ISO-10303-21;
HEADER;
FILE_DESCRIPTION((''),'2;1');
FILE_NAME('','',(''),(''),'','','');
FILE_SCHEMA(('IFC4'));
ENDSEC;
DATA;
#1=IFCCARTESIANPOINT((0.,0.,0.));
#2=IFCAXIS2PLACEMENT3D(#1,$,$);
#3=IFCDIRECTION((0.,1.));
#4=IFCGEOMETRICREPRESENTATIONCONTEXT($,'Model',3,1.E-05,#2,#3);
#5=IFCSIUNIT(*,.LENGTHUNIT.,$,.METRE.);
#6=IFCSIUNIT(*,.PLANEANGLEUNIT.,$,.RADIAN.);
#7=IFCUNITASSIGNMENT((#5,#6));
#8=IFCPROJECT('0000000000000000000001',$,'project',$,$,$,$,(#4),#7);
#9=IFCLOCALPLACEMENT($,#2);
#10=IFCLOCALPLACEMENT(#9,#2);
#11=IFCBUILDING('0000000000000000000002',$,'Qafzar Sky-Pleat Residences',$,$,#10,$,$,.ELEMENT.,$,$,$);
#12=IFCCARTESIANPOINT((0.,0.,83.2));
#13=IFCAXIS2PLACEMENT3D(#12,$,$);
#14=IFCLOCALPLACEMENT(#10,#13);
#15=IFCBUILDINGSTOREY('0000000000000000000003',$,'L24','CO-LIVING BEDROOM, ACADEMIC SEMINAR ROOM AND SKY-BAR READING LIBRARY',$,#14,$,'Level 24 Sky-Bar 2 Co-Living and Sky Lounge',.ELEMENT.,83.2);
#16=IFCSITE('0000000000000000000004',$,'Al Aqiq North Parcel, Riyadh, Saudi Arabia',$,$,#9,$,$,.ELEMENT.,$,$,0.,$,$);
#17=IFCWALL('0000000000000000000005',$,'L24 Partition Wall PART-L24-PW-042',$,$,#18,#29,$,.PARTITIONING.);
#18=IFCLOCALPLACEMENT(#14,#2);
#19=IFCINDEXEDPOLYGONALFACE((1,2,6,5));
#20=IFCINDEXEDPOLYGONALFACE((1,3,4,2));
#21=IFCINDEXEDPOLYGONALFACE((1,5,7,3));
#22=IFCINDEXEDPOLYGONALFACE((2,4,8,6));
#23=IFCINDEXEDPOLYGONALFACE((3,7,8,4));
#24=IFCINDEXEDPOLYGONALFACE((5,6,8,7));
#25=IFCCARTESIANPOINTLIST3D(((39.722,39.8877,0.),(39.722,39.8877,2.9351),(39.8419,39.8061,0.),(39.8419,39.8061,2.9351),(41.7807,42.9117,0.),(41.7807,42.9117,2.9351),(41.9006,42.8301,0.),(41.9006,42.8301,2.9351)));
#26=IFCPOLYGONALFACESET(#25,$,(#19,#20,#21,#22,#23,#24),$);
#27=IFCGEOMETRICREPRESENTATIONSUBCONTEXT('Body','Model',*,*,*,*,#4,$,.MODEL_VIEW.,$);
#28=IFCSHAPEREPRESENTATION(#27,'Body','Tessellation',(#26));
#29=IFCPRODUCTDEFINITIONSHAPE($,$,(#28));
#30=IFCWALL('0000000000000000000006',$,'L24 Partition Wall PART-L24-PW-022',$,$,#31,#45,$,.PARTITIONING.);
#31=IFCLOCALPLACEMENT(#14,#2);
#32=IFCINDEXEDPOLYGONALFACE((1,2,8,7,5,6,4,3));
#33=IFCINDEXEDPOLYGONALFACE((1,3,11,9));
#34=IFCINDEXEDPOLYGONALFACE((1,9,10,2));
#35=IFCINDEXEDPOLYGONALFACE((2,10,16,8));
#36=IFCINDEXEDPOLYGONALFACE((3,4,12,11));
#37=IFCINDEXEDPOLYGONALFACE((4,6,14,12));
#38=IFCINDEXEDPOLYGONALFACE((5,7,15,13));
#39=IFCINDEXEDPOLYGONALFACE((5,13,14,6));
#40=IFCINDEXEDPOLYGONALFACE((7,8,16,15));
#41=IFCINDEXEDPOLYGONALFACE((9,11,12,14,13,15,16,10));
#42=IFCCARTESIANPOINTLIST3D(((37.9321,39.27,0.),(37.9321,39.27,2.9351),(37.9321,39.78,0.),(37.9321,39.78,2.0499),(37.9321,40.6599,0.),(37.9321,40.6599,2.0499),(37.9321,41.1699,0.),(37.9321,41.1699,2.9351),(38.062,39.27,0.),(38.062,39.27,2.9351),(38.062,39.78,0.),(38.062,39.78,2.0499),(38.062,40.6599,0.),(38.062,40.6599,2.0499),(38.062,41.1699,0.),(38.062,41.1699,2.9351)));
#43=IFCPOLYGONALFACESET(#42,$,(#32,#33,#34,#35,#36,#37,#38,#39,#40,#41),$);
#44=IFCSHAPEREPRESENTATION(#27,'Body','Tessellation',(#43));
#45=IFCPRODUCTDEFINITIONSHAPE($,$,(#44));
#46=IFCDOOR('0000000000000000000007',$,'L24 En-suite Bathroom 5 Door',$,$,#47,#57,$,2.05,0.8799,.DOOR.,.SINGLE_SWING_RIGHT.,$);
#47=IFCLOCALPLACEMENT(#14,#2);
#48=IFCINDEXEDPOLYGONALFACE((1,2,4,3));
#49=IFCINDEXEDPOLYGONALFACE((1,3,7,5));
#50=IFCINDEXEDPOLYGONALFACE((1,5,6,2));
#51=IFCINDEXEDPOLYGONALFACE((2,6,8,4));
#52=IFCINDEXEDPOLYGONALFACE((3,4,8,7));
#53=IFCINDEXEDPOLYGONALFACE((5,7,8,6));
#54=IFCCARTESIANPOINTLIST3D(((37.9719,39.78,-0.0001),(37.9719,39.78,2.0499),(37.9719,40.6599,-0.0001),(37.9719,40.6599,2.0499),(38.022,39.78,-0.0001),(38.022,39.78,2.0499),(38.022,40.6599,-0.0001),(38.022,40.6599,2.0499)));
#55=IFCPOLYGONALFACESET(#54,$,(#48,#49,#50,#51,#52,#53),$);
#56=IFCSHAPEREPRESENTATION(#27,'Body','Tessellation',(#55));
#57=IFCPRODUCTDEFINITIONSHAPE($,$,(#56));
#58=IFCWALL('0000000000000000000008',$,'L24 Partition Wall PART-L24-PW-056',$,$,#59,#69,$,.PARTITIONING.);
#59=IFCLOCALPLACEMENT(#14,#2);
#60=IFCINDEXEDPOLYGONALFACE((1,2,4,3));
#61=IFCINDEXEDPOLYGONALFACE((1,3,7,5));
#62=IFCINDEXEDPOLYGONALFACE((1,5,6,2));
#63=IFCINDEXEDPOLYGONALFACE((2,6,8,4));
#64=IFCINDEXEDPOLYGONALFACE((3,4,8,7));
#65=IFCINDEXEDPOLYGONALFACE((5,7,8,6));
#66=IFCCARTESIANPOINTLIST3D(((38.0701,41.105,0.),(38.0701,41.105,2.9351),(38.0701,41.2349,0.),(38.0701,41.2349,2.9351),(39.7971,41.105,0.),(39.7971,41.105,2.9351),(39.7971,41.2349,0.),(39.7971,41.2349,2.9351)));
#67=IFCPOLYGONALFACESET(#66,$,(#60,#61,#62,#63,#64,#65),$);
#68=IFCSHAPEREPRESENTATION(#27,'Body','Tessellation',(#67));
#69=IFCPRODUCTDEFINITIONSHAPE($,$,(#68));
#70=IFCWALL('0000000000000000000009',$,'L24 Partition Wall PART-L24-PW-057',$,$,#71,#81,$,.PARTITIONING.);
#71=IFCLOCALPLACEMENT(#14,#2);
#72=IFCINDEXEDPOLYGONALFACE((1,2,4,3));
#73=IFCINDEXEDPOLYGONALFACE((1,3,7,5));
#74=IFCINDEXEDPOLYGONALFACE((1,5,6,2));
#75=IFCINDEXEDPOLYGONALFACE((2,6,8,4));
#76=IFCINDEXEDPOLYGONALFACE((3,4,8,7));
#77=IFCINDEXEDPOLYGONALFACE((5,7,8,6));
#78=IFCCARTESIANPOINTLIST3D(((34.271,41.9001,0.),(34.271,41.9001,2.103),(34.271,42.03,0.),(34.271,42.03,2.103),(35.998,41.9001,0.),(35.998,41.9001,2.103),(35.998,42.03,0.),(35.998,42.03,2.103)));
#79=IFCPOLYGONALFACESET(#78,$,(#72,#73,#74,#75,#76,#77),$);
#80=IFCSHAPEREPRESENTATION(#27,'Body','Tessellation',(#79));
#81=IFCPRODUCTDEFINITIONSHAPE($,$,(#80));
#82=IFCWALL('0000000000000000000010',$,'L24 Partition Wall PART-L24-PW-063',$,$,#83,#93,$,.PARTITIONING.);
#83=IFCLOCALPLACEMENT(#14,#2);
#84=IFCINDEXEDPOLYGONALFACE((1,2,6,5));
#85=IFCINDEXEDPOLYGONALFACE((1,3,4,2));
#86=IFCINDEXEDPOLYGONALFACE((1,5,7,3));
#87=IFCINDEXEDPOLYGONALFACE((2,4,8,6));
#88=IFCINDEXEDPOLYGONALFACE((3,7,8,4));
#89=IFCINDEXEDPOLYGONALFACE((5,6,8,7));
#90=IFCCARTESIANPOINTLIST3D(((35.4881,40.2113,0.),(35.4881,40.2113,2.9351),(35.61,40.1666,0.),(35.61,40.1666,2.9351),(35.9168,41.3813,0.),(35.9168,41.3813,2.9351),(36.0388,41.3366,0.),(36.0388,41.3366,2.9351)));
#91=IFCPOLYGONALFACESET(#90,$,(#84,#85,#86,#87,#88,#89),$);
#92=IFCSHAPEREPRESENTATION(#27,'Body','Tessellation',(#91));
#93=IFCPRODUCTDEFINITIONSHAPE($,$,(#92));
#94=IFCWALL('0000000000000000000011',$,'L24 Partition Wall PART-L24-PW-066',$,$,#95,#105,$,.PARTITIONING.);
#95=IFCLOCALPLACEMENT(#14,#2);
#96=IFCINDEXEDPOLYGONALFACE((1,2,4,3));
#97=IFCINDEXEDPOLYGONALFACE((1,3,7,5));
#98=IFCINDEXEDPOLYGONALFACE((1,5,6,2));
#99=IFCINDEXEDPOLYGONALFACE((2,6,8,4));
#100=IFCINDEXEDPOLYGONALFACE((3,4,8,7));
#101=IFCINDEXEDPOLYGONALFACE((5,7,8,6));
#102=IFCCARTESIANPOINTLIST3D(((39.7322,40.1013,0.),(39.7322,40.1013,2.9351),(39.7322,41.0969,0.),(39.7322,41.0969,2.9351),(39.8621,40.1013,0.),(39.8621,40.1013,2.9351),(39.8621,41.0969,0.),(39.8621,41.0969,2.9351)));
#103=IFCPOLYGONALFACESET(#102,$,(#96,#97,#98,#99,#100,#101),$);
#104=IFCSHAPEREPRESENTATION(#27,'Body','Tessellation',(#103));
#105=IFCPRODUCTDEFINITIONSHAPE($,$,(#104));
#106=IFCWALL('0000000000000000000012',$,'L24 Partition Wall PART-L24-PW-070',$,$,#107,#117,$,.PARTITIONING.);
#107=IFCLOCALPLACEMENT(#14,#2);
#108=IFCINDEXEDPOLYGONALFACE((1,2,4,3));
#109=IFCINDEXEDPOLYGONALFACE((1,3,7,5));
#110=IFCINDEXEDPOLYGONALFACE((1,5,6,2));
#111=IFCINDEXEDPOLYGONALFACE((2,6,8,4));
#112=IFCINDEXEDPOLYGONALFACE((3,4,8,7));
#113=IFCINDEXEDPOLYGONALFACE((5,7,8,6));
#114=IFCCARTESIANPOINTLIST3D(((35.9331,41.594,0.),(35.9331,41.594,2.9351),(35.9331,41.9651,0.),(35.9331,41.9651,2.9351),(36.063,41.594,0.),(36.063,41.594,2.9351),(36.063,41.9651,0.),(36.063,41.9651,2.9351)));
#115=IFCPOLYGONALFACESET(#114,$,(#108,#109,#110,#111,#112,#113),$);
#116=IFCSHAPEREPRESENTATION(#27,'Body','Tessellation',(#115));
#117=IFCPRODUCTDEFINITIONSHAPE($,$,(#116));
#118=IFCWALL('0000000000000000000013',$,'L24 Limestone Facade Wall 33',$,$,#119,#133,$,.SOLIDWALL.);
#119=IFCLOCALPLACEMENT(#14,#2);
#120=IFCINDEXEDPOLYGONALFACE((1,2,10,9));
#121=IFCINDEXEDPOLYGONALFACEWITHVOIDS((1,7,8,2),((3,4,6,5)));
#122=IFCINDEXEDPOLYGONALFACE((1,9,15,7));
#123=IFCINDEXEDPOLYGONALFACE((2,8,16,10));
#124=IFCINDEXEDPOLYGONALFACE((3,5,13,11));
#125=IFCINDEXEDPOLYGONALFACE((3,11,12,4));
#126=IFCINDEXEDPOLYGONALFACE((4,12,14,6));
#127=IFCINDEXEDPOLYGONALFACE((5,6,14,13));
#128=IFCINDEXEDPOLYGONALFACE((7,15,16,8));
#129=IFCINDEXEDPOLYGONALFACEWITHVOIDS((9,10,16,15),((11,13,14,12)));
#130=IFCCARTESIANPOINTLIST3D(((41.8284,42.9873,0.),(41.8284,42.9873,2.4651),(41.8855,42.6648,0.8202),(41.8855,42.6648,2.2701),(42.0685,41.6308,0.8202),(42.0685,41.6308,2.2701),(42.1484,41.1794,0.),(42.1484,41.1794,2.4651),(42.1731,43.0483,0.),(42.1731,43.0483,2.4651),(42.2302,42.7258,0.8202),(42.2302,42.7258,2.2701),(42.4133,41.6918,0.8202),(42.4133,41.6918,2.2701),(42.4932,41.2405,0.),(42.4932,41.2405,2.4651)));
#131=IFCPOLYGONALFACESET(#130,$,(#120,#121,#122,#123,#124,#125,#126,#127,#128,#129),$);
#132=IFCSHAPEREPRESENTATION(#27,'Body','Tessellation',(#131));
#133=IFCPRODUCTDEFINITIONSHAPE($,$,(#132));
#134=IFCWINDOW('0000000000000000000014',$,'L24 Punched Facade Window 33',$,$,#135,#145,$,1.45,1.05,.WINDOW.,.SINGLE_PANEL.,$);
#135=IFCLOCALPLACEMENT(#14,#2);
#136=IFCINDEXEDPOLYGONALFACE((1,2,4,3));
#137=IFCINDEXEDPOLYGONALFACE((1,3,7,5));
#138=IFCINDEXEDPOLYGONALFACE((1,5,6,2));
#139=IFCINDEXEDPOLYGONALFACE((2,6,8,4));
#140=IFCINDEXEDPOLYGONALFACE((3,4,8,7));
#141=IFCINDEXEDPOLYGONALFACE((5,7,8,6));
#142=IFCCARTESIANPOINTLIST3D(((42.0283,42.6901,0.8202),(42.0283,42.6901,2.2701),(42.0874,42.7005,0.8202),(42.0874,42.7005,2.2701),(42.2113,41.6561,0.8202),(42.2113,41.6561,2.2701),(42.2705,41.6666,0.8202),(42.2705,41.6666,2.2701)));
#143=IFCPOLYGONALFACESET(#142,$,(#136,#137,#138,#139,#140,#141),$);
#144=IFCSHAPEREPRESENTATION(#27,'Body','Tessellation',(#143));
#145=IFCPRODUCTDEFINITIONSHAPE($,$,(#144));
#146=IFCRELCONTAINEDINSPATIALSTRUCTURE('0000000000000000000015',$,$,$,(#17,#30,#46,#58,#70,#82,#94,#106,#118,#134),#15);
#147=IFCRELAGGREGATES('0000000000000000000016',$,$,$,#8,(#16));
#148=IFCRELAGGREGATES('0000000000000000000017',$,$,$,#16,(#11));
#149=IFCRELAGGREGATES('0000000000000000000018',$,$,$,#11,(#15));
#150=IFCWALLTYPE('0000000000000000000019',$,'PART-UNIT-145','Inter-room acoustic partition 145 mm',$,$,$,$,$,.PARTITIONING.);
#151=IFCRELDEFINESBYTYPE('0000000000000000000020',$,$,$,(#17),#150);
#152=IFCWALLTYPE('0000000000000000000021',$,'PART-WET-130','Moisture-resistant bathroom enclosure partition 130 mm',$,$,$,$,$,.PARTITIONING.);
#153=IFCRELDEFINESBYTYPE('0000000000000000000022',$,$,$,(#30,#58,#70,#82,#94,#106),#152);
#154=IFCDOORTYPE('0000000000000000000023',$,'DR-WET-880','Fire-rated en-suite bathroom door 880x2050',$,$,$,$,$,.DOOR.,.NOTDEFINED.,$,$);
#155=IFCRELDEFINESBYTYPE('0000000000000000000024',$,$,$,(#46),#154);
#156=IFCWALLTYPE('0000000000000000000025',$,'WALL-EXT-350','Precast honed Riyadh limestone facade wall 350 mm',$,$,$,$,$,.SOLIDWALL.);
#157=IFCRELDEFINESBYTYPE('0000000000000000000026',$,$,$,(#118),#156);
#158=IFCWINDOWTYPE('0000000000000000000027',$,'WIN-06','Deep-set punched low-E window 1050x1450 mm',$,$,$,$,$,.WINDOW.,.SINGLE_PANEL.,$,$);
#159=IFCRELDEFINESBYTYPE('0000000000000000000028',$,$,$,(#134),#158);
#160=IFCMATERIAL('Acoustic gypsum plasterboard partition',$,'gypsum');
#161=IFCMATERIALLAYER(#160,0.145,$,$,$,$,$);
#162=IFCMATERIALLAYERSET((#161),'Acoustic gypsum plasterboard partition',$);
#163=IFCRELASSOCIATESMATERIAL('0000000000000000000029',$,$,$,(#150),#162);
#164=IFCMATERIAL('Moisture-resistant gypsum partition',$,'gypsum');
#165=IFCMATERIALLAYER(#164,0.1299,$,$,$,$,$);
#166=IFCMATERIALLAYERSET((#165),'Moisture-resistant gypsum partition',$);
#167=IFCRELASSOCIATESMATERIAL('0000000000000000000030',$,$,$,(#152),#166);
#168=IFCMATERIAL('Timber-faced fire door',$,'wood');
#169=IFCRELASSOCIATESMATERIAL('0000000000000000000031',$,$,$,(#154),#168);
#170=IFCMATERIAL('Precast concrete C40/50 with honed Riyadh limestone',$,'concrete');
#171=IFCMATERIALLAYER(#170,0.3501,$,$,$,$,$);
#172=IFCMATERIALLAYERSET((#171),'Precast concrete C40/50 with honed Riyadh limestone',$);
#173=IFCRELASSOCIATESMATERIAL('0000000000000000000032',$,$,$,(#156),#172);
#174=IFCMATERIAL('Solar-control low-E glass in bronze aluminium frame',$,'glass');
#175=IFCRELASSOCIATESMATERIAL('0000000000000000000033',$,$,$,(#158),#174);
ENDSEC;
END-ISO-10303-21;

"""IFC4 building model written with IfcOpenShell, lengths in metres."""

from ifc_helpers import new_model, si_unit, direction, frame, frame_2d, origin, place, context, subcontext, project, spatial, rectangle, extrude, source, transform, mapped, material, layer, layer_set, type_object, element, fill, save


model = new_model("IFC4")

# Units and contexts
model_context = context("Model", 3, precision=1e-05, world=origin(), true_north=direction((0.0, 1.0)))
body_context = subcontext(model_context, "Body", "Model", "MODEL_VIEW")
ifc_project = project(units=[si_unit("LENGTHUNIT", "METRE"), si_unit("PLANEANGLEUNIT", "RADIAN")], contexts=[model_context])

# Site, building, storey
site_placement = place(None, origin())
site = spatial("IfcSite", under=ifc_project, at=site_placement, Name="Al Aqiq North Parcel, Riyadh, Saudi Arabia", CompositionType="ELEMENT", RefElevation=0.0)
building_placement = place(site_placement, origin())
building = spatial("IfcBuilding", under=site, at=building_placement, Name="Qafzar Sky-Pleat Residences", CompositionType="ELEMENT")
storey_placement = place(building_placement, frame((0.0, 0.0, 83.2)))
storey = spatial("IfcBuildingStorey", under=building, at=storey_placement, Name="L24", Description="CO-LIVING BEDROOM, ACADEMIC SEMINAR ROOM AND SKY-BAR READING LIBRARY", LongName="Level 24 Sky-Bar 2 Co-Living and Sky Lounge", CompositionType="ELEMENT", Elevation=83.2)

# Wall
ifc_material_1 = material(Name="Acoustic gypsum plasterboard partition", Category="gypsum")
ifc_layer_1 = layer(ifc_material_1, 0.145)
ifc_layer_set_1 = layer_set([ifc_layer_1], Name="Acoustic gypsum plasterboard partition")
wall_type_1 = type_object("IfcWallType", Name="PART-UNIT-145", Description="Inter-room acoustic partition 145 mm", PredefinedType="PARTITIONING", material=ifc_layer_set_1)
wall_1_placement = place(storey_placement, frame((39.782, 39.8469, 0.0), z_axis=(0.0, 0.0, 1.0), x_axis=(0.562744, 0.826631, 0.0)))
element("IfcWall", 1, at=wall_1_placement, inside=storey, type_object=wall_type_1, Name="L24 Partition Wall PART-L24-PW-042", PredefinedType="PARTITIONING", context=body_context, shape_type="SweptSolid", body=[
    extrude(rectangle(XDim=3.6582, YDim=0.145, at=frame_2d((1.8291, 0.0))), origin(), (0.0, 0.0, 1.0), 2.9351),
])

# Wall, opening, door
ifc_material_2 = material(Name="Moisture-resistant gypsum partition", Category="gypsum")
ifc_layer_2 = layer(ifc_material_2, 0.1299)
ifc_layer_set_2 = layer_set([ifc_layer_2], Name="Moisture-resistant gypsum partition")
wall_type_2 = type_object("IfcWallType", Name="PART-WET-130", Description="Moisture-resistant bathroom enclosure partition 130 mm", PredefinedType="PARTITIONING", material=ifc_layer_set_2)
wall_2_placement = place(storey_placement, frame((37.9971, 41.1699, 0.0), z_axis=(0.0, 0.0, 1.0), x_axis=(0.0, -1.0, 0.0)))
wall_2 = element("IfcWall", 2, at=wall_2_placement, inside=storey, type_object=wall_type_2, Name="L24 Partition Wall PART-L24-PW-022", PredefinedType="PARTITIONING", context=body_context, shape_type="SweptSolid", body=[
    extrude(rectangle(XDim=1.8999, YDim=0.1299, at=frame_2d((0.95, 0.0))), origin(), (0.0, 0.0, 1.0), 2.9351),
])
opening_1_placement = place(wall_2_placement, frame((0.51, 0.0, 0.0)))
opening_1 = element("IfcOpeningElement", 3, at=opening_1_placement, cuts=wall_2, PredefinedType="OPENING", context=body_context, shape_type="SweptSolid", body=[
    extrude(rectangle(XDim=0.8799, YDim=2.05, at=frame_2d((0.4399, 1.0249))), frame((0.0, 0.075, 0.0), z_axis=(0.0, -1.0, 0.0), x_axis=(1.0, 0.0, 0.0)), (0.0, 0.0, 1.0), 0.1499),
])
ifc_material_3 = material(Name="Timber-faced fire door", Category="wood")
door_type = type_object("IfcDoorType", Name="DR-WET-880", Description="Fire-rated en-suite bathroom door 880x2050", OperationType="NOTDEFINED", PredefinedType="DOOR", material=ifc_material_3)
shared_shape_1 = source(origin(), body_context, "Body", "SweptSolid", [
    extrude(rectangle(XDim=0.8799, YDim=2.05, at=frame_2d((0.4399, 1.0249))), frame((0.0, 0.0249, 0.0), z_axis=(0.0, -1.0, 0.0), x_axis=(1.0, 0.0, 0.0)), (0.0, 0.0, 1.0), 0.05),
])
door_placement = place(opening_1_placement, origin())
door = element("IfcDoor", 4, at=door_placement, inside=storey, type_object=door_type, Name="L24 En-suite Bathroom 5 Door", OperationType="SINGLE_SWING_RIGHT", OverallHeight=2.05, OverallWidth=0.8799, PredefinedType="DOOR", context=body_context, shape_type="MappedRepresentation", body=[
    mapped(shared_shape_1, transform((0.0, 0.0, 0.0), x_axis=(1.0, 0.0, 0.0), y_axis=(0.0, 1.0, 0.0), z_axis=(0.0, 0.0, 1.0), scale=1.0)),
])
fill(opening_1, door)

# Walls
wall_3_placement = place(storey_placement, frame((38.0701, 41.1699, 0.0), z_axis=(0.0, 0.0, 1.0), x_axis=(1.0, 0.0, 0.0)))
element("IfcWall", 5, at=wall_3_placement, inside=storey, type_object=wall_type_2, Name="L24 Partition Wall PART-L24-PW-056", PredefinedType="PARTITIONING", context=body_context, shape_type="SweptSolid", body=[
    extrude(rectangle(XDim=1.7271, YDim=0.1299, at=frame_2d((0.8635, 0.0))), origin(), (0.0, 0.0, 1.0), 2.9351),
])
wall_4_placement = place(storey_placement, frame((34.271, 41.9651, 0.0), z_axis=(0.0, 0.0, 1.0), x_axis=(1.0, 0.0, 0.0)))
element("IfcWall", 6, at=wall_4_placement, inside=storey, type_object=wall_type_2, Name="L24 Partition Wall PART-L24-PW-057", PredefinedType="PARTITIONING", context=body_context, shape_type="SweptSolid", body=[
    extrude(rectangle(XDim=1.7271, YDim=0.1299, at=frame_2d((0.8635, 0.0))), origin(), (0.0, 0.0, 1.0), 2.103),
])
wall_5_placement = place(storey_placement, frame((35.5491, 40.189, 0.0), z_axis=(0.0, 0.0, 1.0), x_axis=(0.34407, 0.938944, 0.0)))
element("IfcWall", 7, at=wall_5_placement, inside=storey, type_object=wall_type_2, Name="L24 Partition Wall PART-L24-PW-063", PredefinedType="PARTITIONING", context=body_context, shape_type="SweptSolid", body=[
    extrude(rectangle(XDim=1.2461, YDim=0.1299, at=frame_2d((0.623, 0.0))), origin(), (0.0, 0.0, 1.0), 2.9351),
])
wall_6_placement = place(storey_placement, frame((39.7971, 40.1013, 0.0), z_axis=(0.0, 0.0, 1.0), x_axis=(0.0, 1.0, 0.0)))
element("IfcWall", 8, at=wall_6_placement, inside=storey, type_object=wall_type_2, Name="L24 Partition Wall PART-L24-PW-066", PredefinedType="PARTITIONING", context=body_context, shape_type="SweptSolid", body=[
    extrude(rectangle(XDim=0.9956, YDim=0.1299, at=frame_2d((0.4978, 0.0))), origin(), (0.0, 0.0, 1.0), 2.9351),
])
wall_7_placement = place(storey_placement, frame((35.998, 41.594, 0.0), z_axis=(0.0, 0.0, 1.0), x_axis=(0.0, 1.0, 0.0)))
element("IfcWall", 9, at=wall_7_placement, inside=storey, type_object=wall_type_2, Name="L24 Partition Wall PART-L24-PW-070", PredefinedType="PARTITIONING", context=body_context, shape_type="SweptSolid", body=[
    extrude(rectangle(XDim=0.3711, YDim=0.1299, at=frame_2d((0.1855, 0.0))), origin(), (0.0, 0.0, 1.0), 2.9351),
])

# Wall, opening, window
ifc_material_4 = material(Name="Precast concrete C40/50 with honed Riyadh limestone", Category="concrete")
ifc_layer_3 = layer(ifc_material_4, 0.3501)
ifc_layer_set_3 = layer_set([ifc_layer_3], Name="Precast concrete C40/50 with honed Riyadh limestone")
wall_type_3 = type_object("IfcWallType", Name="WALL-EXT-350", Description="Precast honed Riyadh limestone facade wall 350 mm", PredefinedType="SOLIDWALL", material=ifc_layer_set_3)
wall_8_placement = place(storey_placement, frame((42.3208, 41.21, 0.0), z_axis=(0.0, 0.0, 1.0), x_axis=(-0.174331, 0.984687, 0.0)))
wall_8 = element("IfcWall", 10, at=wall_8_placement, inside=storey, type_object=wall_type_3, Name="L24 Limestone Facade Wall 33", PredefinedType="SOLIDWALL", context=body_context, shape_type="SweptSolid", body=[
    extrude(rectangle(XDim=1.8359, YDim=0.3501, at=frame_2d((0.918, 0.0))), origin(), (0.0, 0.0, 1.0), 2.4651),
])
opening_2_placement = place(wall_8_placement, frame((0.4585, 0.0, 0.8201)))
opening_2 = element("IfcOpeningElement", 11, at=opening_2_placement, cuts=wall_8, PredefinedType="OPENING", context=body_context, shape_type="SweptSolid", body=[
    extrude(rectangle(XDim=1.05, YDim=1.45, at=frame_2d((0.5249, 0.7251))), frame((0.0, 0.1851, 0.0), z_axis=(0.0, -1.0, 0.0), x_axis=(1.0, 0.0, 0.0)), (0.0, 0.0, 1.0), 0.3701),
])
ifc_material_5 = material(Name="Solar-control low-E glass in bronze aluminium frame", Category="glass")
window_type_1 = type_object("IfcWindowType", Name="WIN-06", Description="Deep-set punched low-E window 1050x1450 mm", PartitioningType="SINGLE_PANEL", PredefinedType="WINDOW", material=ifc_material_5)
shared_shape_2 = source(origin(), body_context, "Body", "SweptSolid", [
    extrude(rectangle(XDim=1.05, YDim=1.45, at=frame_2d((0.5249, 0.7251))), frame((0.0, 0.03, 0.0), z_axis=(0.0, -1.0, 0.0), x_axis=(1.0, 0.0, 0.0)), (0.0, 0.0, 1.0), 0.0601),
])
window_1_placement = place(opening_2_placement, origin())
window_1 = element("IfcWindow", 12, at=window_1_placement, inside=storey, type_object=window_type_1, Name="L24 Punched Facade Window 33", OverallHeight=1.45, OverallWidth=1.05, PartitioningType="SINGLE_PANEL", PredefinedType="WINDOW", context=body_context, shape_type="MappedRepresentation", body=[
    mapped(shared_shape_2, transform((0.0, 0.0, 0.0), x_axis=(1.0, 0.0, 0.0), y_axis=(0.0, 1.0, 0.0), z_axis=(0.0, 0.0, 1.0), scale=1.0)),
])
fill(opening_2, window_1)

save(model, "model.ifc")
